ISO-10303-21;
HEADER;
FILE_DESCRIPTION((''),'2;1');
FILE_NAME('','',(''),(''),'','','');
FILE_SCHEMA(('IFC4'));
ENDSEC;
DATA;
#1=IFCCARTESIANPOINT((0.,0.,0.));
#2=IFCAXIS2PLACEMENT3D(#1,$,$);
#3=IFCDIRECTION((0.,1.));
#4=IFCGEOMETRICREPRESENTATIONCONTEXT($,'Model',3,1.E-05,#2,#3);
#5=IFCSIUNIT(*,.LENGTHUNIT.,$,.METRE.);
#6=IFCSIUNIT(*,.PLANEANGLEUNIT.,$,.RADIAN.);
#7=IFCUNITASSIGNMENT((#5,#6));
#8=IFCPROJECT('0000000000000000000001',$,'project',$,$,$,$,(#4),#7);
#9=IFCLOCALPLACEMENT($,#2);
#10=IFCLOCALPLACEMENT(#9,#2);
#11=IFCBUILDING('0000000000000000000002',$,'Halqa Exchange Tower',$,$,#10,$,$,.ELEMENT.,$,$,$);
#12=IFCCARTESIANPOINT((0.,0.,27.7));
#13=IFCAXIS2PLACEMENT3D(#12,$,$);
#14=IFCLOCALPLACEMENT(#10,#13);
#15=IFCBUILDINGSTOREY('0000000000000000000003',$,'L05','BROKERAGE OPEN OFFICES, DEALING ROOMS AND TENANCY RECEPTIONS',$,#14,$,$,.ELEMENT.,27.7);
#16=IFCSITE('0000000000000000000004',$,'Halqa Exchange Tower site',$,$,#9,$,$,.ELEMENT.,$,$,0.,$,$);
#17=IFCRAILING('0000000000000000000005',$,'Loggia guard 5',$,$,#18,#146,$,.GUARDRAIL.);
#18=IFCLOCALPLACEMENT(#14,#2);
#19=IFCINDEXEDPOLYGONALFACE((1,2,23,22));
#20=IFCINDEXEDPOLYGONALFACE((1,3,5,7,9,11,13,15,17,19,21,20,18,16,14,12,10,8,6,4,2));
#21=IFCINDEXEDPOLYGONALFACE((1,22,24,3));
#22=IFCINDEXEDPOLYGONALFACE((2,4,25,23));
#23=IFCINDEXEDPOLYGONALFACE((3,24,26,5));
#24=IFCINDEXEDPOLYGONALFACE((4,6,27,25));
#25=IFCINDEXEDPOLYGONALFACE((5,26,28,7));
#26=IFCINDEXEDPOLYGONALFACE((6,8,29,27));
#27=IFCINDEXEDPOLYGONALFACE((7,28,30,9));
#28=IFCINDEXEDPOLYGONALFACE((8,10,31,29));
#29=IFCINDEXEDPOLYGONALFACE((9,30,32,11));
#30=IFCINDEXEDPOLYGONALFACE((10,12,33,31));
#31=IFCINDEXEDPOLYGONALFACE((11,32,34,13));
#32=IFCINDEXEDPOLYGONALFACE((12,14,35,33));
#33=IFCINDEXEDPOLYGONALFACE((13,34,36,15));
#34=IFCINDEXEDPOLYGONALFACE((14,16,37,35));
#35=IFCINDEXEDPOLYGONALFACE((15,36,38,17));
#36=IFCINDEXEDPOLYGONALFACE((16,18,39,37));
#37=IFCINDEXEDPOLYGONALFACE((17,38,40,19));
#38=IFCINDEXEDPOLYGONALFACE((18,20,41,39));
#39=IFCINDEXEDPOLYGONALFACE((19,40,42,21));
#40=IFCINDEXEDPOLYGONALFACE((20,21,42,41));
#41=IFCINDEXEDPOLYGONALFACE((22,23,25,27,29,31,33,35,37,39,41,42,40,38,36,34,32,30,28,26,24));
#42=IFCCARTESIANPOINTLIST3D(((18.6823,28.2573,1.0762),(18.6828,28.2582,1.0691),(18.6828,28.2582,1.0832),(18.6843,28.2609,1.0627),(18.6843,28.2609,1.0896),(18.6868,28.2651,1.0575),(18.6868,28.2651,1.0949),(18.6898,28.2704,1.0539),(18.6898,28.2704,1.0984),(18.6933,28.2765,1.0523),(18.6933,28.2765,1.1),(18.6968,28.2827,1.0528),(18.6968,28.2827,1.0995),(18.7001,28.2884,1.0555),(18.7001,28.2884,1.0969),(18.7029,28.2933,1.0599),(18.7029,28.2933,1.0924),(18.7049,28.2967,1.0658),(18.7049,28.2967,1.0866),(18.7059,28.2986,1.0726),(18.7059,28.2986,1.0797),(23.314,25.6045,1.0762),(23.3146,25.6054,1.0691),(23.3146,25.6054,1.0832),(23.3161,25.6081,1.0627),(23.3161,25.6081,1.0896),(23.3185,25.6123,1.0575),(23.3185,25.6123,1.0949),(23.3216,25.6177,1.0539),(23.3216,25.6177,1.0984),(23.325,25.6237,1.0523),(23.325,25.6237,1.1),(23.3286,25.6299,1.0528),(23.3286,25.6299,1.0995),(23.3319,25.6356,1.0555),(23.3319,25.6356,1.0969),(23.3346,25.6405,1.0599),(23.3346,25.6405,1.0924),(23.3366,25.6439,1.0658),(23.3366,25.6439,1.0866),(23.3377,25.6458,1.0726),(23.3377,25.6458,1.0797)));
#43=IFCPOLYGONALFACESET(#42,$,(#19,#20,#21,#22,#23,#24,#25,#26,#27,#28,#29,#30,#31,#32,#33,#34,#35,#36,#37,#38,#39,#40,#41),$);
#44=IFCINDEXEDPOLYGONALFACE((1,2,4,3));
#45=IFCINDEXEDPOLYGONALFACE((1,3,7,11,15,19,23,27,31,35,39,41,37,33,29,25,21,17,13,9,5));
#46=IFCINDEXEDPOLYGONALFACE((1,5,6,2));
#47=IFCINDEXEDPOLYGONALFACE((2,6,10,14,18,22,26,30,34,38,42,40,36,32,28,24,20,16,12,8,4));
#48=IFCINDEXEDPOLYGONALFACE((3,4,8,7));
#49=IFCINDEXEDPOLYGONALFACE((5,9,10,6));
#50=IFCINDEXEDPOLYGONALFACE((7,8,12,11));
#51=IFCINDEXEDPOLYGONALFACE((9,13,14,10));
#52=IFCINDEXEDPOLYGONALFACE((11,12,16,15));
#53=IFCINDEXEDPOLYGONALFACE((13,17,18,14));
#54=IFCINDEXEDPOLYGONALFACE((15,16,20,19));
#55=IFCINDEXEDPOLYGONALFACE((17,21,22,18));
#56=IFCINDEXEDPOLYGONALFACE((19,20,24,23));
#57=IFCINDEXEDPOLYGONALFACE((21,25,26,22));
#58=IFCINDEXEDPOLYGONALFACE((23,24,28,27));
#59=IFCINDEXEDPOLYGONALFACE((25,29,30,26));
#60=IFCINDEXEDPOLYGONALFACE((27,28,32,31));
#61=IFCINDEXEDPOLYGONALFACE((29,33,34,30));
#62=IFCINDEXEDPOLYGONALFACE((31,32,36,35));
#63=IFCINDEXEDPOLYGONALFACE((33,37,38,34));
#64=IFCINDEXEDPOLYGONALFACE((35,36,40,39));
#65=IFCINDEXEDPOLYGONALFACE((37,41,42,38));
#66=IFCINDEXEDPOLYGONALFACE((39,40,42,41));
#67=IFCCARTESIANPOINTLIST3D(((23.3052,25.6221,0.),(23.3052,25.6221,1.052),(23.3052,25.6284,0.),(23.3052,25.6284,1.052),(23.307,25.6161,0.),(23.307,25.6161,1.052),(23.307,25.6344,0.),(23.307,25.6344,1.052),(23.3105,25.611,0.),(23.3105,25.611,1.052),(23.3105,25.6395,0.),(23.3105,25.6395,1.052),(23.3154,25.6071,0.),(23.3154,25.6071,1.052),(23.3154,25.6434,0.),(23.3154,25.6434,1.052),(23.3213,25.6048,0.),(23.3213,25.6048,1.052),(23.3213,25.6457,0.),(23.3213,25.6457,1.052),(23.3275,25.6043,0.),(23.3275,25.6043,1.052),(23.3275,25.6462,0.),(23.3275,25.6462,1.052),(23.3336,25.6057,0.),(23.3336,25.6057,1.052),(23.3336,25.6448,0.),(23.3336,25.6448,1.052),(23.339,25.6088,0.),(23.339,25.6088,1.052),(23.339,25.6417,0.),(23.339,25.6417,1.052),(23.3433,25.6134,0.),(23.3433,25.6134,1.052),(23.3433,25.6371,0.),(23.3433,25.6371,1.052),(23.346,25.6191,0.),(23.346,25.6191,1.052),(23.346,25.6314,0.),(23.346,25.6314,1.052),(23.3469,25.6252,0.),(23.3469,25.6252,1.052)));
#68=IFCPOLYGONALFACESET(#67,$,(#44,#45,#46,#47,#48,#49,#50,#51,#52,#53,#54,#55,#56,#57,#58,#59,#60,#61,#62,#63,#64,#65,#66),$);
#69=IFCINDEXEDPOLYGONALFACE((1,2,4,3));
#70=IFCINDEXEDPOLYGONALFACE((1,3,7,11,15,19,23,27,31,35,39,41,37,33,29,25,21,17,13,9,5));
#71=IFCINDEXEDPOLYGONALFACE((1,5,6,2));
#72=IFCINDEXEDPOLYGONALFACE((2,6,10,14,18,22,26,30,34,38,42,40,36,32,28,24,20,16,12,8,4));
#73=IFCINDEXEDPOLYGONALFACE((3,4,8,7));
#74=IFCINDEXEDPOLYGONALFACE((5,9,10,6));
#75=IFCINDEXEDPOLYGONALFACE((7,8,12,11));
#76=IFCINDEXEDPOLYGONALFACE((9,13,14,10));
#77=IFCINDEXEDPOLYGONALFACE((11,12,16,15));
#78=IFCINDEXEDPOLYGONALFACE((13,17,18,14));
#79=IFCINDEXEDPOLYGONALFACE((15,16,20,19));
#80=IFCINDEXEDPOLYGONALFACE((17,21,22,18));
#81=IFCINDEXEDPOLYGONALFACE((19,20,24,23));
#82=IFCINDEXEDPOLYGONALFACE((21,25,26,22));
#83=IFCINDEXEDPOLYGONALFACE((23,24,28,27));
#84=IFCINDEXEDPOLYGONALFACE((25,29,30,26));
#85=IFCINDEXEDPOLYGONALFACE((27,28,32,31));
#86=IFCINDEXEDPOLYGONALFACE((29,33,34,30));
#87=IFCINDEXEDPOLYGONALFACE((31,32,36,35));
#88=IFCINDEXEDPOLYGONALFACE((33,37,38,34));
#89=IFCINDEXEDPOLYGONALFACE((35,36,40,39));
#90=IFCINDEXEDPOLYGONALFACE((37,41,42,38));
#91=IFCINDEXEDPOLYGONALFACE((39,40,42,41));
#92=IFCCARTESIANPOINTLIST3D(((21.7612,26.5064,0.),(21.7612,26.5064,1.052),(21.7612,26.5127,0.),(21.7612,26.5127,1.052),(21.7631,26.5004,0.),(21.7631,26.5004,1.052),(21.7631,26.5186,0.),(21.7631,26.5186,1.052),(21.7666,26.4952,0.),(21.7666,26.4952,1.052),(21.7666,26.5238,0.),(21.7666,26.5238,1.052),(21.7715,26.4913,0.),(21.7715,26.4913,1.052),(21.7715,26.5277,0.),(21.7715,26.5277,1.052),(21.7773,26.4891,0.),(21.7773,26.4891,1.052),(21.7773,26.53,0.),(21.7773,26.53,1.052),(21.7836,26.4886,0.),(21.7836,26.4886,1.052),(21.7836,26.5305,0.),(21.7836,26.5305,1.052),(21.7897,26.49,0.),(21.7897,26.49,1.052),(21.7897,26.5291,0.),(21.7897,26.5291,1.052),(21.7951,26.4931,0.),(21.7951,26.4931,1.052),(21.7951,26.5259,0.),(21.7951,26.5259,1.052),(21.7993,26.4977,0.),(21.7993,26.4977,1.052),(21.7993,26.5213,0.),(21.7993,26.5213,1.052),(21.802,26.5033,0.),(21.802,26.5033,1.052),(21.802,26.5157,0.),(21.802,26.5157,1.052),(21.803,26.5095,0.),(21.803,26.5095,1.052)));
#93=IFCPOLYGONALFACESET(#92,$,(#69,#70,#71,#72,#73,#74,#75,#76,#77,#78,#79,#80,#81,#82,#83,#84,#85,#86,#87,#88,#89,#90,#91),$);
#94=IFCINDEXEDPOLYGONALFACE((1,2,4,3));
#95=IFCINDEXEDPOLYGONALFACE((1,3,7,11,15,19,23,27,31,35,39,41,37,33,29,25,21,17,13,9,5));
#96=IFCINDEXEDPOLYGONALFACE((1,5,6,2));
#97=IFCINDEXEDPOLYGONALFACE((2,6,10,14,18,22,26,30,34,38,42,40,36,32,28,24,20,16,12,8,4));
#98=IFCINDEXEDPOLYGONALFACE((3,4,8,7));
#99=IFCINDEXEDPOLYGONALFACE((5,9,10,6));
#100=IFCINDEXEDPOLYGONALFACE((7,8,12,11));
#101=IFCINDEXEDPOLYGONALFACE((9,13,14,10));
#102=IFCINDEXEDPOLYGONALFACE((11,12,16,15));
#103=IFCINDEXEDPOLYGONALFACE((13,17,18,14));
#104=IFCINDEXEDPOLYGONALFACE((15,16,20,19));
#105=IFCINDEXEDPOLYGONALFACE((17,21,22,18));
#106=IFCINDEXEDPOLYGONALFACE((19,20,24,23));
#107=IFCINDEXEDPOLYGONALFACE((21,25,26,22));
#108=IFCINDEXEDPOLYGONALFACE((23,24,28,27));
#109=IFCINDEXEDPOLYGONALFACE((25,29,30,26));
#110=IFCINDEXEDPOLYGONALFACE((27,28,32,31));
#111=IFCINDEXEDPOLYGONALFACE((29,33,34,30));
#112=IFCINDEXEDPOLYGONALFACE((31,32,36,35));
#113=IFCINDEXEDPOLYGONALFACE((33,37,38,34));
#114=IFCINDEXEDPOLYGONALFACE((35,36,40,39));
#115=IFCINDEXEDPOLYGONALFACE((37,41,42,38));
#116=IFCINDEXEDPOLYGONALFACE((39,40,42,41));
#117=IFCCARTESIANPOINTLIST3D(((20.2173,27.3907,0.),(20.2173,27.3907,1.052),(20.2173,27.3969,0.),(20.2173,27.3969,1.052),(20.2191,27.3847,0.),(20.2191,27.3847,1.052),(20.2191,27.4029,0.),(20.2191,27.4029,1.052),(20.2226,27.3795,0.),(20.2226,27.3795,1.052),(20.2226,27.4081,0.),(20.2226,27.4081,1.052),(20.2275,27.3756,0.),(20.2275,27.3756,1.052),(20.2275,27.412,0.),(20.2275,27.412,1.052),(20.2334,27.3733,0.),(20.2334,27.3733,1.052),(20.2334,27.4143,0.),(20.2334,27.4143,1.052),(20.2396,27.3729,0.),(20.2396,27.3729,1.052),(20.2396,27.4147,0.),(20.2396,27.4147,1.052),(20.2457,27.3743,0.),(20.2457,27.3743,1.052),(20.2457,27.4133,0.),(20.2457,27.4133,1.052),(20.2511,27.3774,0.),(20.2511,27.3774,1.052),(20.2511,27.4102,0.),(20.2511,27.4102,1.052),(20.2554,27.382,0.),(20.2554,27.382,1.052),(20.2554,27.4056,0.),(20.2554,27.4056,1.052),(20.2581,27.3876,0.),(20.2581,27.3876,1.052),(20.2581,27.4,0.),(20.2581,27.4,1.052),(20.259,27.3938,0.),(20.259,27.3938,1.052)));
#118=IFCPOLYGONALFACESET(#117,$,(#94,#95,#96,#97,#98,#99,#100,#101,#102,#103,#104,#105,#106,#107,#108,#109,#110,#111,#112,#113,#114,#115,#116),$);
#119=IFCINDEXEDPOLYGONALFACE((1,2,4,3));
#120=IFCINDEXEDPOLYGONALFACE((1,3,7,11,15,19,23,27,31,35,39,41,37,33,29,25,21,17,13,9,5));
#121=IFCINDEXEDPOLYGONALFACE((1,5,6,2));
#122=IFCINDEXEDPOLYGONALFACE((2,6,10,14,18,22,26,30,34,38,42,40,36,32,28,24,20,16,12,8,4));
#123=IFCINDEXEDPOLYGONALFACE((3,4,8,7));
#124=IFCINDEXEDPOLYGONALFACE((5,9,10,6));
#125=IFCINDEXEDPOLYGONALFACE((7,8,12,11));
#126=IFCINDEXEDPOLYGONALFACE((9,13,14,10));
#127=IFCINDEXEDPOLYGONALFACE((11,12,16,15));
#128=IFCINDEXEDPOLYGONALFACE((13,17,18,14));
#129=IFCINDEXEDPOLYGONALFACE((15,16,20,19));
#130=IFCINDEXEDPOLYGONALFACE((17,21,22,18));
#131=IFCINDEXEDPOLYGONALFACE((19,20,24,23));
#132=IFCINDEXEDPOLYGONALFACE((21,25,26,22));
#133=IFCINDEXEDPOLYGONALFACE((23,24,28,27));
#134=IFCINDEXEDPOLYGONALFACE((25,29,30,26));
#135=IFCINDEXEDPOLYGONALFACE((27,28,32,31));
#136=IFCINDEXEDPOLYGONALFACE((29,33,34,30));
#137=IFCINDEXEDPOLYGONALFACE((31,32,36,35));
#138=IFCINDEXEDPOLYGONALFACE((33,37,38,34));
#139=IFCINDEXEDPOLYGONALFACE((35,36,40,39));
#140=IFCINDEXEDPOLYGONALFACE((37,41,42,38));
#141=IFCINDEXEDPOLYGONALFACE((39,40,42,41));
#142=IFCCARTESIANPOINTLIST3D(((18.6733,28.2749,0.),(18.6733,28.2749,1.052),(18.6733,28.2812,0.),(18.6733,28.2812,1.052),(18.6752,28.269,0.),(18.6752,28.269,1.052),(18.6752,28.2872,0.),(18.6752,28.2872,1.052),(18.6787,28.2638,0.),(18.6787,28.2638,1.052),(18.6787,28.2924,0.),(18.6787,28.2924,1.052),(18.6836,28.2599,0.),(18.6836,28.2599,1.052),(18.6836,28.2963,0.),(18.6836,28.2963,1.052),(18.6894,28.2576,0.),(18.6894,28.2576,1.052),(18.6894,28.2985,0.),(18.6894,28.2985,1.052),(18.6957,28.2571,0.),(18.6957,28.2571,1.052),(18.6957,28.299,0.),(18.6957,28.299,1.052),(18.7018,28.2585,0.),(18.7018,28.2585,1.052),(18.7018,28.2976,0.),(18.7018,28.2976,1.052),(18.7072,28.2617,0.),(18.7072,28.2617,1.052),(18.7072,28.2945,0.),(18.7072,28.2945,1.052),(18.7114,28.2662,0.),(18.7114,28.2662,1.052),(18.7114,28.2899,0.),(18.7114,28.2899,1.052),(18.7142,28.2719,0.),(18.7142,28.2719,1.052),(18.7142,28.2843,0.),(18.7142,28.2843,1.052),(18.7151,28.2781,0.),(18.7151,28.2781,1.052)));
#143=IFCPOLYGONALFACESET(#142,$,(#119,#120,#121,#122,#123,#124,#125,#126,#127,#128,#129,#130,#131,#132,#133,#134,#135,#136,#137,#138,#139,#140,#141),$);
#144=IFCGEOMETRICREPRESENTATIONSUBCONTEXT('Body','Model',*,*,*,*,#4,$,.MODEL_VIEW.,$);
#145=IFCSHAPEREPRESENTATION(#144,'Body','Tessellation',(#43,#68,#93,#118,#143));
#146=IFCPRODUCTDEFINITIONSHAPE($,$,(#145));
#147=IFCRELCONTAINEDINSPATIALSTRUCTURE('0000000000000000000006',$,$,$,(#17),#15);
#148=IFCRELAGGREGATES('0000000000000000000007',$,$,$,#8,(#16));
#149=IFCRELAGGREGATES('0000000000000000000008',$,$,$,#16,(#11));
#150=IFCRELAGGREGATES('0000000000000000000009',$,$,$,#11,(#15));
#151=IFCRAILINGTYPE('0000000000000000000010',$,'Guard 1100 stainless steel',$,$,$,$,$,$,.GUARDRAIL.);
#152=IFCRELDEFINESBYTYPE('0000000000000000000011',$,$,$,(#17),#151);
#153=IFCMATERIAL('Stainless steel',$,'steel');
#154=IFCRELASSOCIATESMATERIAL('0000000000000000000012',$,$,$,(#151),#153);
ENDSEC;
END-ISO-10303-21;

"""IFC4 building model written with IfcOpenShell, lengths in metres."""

from ifc_helpers import new_model, si_unit, direction, frame, origin, origin_2d, place, context, subcontext, project, spatial, circle, extrude, material, type_object, element, save


model = new_model("IFC4")

# Units and contexts
model_context = context("Model", 3, precision=1e-05, world=origin(), true_north=direction((0.0, 1.0)))
body_context = subcontext(model_context, "Body", "Model", "MODEL_VIEW")
ifc_project = project(units=[si_unit("LENGTHUNIT", "METRE"), si_unit("PLANEANGLEUNIT", "RADIAN")], contexts=[model_context])

# Site, building, storey
site_placement = place(None, origin())
site = spatial("IfcSite", under=ifc_project, at=site_placement, Name="Halqa Exchange Tower site", CompositionType="ELEMENT", RefElevation=0.0)
building_placement = place(site_placement, origin())
building = spatial("IfcBuilding", under=site, at=building_placement, Name="Halqa Exchange Tower", CompositionType="ELEMENT")
storey_placement = place(building_placement, frame((0.0, 0.0, 27.7)))
storey = spatial("IfcBuildingStorey", under=building, at=storey_placement, Name="L05", Description="BROKERAGE OPEN OFFICES, DEALING ROOMS AND TENANCY RECEPTIONS", CompositionType="ELEMENT", Elevation=27.7)

# Railing
ifc_material_1 = material(Name="Stainless steel", Category="steel")
railing_type = type_object("IfcRailingType", Name="Guard 1100 stainless steel", PredefinedType="GUARDRAIL", material=ifc_material_1)
railing_1_placement = place(storey_placement, frame((23.3259, 25.6252, 0.0)))
element("IfcRailing", 1, at=railing_1_placement, inside=storey, type_object=railing_type, Name="Loggia guard 5", PredefinedType="GUARDRAIL", context=body_context, shape_type="SweptSolid", body=[
    extrude(circle(Radius=0.0239, at=origin_2d()), frame((0.0, 0.0, 1.0762), z_axis=(-0.867753, 0.496996, 0.0), x_axis=(-0.496996, -0.867753, 0.0)), (0.0, 0.0, 1.0), 5.3376),
    extrude(circle(Radius=0.021, at=origin_2d()), origin(), (0.0, 0.0, 1.0), 1.052),
    extrude(circle(Radius=0.021, at=origin_2d()), frame((-1.5439, 0.8843, 0.0)), (0.0, 0.0, 1.0), 1.052),
    extrude(circle(Radius=0.021, at=origin_2d()), frame((-3.0879, 1.7686, 0.0)), (0.0, 0.0, 1.0), 1.052),
    extrude(circle(Radius=0.021, at=origin_2d()), frame((-4.6318, 2.6528, 0.0)), (0.0, 0.0, 1.0), 1.052),
])

save(model, "model.ifc")
